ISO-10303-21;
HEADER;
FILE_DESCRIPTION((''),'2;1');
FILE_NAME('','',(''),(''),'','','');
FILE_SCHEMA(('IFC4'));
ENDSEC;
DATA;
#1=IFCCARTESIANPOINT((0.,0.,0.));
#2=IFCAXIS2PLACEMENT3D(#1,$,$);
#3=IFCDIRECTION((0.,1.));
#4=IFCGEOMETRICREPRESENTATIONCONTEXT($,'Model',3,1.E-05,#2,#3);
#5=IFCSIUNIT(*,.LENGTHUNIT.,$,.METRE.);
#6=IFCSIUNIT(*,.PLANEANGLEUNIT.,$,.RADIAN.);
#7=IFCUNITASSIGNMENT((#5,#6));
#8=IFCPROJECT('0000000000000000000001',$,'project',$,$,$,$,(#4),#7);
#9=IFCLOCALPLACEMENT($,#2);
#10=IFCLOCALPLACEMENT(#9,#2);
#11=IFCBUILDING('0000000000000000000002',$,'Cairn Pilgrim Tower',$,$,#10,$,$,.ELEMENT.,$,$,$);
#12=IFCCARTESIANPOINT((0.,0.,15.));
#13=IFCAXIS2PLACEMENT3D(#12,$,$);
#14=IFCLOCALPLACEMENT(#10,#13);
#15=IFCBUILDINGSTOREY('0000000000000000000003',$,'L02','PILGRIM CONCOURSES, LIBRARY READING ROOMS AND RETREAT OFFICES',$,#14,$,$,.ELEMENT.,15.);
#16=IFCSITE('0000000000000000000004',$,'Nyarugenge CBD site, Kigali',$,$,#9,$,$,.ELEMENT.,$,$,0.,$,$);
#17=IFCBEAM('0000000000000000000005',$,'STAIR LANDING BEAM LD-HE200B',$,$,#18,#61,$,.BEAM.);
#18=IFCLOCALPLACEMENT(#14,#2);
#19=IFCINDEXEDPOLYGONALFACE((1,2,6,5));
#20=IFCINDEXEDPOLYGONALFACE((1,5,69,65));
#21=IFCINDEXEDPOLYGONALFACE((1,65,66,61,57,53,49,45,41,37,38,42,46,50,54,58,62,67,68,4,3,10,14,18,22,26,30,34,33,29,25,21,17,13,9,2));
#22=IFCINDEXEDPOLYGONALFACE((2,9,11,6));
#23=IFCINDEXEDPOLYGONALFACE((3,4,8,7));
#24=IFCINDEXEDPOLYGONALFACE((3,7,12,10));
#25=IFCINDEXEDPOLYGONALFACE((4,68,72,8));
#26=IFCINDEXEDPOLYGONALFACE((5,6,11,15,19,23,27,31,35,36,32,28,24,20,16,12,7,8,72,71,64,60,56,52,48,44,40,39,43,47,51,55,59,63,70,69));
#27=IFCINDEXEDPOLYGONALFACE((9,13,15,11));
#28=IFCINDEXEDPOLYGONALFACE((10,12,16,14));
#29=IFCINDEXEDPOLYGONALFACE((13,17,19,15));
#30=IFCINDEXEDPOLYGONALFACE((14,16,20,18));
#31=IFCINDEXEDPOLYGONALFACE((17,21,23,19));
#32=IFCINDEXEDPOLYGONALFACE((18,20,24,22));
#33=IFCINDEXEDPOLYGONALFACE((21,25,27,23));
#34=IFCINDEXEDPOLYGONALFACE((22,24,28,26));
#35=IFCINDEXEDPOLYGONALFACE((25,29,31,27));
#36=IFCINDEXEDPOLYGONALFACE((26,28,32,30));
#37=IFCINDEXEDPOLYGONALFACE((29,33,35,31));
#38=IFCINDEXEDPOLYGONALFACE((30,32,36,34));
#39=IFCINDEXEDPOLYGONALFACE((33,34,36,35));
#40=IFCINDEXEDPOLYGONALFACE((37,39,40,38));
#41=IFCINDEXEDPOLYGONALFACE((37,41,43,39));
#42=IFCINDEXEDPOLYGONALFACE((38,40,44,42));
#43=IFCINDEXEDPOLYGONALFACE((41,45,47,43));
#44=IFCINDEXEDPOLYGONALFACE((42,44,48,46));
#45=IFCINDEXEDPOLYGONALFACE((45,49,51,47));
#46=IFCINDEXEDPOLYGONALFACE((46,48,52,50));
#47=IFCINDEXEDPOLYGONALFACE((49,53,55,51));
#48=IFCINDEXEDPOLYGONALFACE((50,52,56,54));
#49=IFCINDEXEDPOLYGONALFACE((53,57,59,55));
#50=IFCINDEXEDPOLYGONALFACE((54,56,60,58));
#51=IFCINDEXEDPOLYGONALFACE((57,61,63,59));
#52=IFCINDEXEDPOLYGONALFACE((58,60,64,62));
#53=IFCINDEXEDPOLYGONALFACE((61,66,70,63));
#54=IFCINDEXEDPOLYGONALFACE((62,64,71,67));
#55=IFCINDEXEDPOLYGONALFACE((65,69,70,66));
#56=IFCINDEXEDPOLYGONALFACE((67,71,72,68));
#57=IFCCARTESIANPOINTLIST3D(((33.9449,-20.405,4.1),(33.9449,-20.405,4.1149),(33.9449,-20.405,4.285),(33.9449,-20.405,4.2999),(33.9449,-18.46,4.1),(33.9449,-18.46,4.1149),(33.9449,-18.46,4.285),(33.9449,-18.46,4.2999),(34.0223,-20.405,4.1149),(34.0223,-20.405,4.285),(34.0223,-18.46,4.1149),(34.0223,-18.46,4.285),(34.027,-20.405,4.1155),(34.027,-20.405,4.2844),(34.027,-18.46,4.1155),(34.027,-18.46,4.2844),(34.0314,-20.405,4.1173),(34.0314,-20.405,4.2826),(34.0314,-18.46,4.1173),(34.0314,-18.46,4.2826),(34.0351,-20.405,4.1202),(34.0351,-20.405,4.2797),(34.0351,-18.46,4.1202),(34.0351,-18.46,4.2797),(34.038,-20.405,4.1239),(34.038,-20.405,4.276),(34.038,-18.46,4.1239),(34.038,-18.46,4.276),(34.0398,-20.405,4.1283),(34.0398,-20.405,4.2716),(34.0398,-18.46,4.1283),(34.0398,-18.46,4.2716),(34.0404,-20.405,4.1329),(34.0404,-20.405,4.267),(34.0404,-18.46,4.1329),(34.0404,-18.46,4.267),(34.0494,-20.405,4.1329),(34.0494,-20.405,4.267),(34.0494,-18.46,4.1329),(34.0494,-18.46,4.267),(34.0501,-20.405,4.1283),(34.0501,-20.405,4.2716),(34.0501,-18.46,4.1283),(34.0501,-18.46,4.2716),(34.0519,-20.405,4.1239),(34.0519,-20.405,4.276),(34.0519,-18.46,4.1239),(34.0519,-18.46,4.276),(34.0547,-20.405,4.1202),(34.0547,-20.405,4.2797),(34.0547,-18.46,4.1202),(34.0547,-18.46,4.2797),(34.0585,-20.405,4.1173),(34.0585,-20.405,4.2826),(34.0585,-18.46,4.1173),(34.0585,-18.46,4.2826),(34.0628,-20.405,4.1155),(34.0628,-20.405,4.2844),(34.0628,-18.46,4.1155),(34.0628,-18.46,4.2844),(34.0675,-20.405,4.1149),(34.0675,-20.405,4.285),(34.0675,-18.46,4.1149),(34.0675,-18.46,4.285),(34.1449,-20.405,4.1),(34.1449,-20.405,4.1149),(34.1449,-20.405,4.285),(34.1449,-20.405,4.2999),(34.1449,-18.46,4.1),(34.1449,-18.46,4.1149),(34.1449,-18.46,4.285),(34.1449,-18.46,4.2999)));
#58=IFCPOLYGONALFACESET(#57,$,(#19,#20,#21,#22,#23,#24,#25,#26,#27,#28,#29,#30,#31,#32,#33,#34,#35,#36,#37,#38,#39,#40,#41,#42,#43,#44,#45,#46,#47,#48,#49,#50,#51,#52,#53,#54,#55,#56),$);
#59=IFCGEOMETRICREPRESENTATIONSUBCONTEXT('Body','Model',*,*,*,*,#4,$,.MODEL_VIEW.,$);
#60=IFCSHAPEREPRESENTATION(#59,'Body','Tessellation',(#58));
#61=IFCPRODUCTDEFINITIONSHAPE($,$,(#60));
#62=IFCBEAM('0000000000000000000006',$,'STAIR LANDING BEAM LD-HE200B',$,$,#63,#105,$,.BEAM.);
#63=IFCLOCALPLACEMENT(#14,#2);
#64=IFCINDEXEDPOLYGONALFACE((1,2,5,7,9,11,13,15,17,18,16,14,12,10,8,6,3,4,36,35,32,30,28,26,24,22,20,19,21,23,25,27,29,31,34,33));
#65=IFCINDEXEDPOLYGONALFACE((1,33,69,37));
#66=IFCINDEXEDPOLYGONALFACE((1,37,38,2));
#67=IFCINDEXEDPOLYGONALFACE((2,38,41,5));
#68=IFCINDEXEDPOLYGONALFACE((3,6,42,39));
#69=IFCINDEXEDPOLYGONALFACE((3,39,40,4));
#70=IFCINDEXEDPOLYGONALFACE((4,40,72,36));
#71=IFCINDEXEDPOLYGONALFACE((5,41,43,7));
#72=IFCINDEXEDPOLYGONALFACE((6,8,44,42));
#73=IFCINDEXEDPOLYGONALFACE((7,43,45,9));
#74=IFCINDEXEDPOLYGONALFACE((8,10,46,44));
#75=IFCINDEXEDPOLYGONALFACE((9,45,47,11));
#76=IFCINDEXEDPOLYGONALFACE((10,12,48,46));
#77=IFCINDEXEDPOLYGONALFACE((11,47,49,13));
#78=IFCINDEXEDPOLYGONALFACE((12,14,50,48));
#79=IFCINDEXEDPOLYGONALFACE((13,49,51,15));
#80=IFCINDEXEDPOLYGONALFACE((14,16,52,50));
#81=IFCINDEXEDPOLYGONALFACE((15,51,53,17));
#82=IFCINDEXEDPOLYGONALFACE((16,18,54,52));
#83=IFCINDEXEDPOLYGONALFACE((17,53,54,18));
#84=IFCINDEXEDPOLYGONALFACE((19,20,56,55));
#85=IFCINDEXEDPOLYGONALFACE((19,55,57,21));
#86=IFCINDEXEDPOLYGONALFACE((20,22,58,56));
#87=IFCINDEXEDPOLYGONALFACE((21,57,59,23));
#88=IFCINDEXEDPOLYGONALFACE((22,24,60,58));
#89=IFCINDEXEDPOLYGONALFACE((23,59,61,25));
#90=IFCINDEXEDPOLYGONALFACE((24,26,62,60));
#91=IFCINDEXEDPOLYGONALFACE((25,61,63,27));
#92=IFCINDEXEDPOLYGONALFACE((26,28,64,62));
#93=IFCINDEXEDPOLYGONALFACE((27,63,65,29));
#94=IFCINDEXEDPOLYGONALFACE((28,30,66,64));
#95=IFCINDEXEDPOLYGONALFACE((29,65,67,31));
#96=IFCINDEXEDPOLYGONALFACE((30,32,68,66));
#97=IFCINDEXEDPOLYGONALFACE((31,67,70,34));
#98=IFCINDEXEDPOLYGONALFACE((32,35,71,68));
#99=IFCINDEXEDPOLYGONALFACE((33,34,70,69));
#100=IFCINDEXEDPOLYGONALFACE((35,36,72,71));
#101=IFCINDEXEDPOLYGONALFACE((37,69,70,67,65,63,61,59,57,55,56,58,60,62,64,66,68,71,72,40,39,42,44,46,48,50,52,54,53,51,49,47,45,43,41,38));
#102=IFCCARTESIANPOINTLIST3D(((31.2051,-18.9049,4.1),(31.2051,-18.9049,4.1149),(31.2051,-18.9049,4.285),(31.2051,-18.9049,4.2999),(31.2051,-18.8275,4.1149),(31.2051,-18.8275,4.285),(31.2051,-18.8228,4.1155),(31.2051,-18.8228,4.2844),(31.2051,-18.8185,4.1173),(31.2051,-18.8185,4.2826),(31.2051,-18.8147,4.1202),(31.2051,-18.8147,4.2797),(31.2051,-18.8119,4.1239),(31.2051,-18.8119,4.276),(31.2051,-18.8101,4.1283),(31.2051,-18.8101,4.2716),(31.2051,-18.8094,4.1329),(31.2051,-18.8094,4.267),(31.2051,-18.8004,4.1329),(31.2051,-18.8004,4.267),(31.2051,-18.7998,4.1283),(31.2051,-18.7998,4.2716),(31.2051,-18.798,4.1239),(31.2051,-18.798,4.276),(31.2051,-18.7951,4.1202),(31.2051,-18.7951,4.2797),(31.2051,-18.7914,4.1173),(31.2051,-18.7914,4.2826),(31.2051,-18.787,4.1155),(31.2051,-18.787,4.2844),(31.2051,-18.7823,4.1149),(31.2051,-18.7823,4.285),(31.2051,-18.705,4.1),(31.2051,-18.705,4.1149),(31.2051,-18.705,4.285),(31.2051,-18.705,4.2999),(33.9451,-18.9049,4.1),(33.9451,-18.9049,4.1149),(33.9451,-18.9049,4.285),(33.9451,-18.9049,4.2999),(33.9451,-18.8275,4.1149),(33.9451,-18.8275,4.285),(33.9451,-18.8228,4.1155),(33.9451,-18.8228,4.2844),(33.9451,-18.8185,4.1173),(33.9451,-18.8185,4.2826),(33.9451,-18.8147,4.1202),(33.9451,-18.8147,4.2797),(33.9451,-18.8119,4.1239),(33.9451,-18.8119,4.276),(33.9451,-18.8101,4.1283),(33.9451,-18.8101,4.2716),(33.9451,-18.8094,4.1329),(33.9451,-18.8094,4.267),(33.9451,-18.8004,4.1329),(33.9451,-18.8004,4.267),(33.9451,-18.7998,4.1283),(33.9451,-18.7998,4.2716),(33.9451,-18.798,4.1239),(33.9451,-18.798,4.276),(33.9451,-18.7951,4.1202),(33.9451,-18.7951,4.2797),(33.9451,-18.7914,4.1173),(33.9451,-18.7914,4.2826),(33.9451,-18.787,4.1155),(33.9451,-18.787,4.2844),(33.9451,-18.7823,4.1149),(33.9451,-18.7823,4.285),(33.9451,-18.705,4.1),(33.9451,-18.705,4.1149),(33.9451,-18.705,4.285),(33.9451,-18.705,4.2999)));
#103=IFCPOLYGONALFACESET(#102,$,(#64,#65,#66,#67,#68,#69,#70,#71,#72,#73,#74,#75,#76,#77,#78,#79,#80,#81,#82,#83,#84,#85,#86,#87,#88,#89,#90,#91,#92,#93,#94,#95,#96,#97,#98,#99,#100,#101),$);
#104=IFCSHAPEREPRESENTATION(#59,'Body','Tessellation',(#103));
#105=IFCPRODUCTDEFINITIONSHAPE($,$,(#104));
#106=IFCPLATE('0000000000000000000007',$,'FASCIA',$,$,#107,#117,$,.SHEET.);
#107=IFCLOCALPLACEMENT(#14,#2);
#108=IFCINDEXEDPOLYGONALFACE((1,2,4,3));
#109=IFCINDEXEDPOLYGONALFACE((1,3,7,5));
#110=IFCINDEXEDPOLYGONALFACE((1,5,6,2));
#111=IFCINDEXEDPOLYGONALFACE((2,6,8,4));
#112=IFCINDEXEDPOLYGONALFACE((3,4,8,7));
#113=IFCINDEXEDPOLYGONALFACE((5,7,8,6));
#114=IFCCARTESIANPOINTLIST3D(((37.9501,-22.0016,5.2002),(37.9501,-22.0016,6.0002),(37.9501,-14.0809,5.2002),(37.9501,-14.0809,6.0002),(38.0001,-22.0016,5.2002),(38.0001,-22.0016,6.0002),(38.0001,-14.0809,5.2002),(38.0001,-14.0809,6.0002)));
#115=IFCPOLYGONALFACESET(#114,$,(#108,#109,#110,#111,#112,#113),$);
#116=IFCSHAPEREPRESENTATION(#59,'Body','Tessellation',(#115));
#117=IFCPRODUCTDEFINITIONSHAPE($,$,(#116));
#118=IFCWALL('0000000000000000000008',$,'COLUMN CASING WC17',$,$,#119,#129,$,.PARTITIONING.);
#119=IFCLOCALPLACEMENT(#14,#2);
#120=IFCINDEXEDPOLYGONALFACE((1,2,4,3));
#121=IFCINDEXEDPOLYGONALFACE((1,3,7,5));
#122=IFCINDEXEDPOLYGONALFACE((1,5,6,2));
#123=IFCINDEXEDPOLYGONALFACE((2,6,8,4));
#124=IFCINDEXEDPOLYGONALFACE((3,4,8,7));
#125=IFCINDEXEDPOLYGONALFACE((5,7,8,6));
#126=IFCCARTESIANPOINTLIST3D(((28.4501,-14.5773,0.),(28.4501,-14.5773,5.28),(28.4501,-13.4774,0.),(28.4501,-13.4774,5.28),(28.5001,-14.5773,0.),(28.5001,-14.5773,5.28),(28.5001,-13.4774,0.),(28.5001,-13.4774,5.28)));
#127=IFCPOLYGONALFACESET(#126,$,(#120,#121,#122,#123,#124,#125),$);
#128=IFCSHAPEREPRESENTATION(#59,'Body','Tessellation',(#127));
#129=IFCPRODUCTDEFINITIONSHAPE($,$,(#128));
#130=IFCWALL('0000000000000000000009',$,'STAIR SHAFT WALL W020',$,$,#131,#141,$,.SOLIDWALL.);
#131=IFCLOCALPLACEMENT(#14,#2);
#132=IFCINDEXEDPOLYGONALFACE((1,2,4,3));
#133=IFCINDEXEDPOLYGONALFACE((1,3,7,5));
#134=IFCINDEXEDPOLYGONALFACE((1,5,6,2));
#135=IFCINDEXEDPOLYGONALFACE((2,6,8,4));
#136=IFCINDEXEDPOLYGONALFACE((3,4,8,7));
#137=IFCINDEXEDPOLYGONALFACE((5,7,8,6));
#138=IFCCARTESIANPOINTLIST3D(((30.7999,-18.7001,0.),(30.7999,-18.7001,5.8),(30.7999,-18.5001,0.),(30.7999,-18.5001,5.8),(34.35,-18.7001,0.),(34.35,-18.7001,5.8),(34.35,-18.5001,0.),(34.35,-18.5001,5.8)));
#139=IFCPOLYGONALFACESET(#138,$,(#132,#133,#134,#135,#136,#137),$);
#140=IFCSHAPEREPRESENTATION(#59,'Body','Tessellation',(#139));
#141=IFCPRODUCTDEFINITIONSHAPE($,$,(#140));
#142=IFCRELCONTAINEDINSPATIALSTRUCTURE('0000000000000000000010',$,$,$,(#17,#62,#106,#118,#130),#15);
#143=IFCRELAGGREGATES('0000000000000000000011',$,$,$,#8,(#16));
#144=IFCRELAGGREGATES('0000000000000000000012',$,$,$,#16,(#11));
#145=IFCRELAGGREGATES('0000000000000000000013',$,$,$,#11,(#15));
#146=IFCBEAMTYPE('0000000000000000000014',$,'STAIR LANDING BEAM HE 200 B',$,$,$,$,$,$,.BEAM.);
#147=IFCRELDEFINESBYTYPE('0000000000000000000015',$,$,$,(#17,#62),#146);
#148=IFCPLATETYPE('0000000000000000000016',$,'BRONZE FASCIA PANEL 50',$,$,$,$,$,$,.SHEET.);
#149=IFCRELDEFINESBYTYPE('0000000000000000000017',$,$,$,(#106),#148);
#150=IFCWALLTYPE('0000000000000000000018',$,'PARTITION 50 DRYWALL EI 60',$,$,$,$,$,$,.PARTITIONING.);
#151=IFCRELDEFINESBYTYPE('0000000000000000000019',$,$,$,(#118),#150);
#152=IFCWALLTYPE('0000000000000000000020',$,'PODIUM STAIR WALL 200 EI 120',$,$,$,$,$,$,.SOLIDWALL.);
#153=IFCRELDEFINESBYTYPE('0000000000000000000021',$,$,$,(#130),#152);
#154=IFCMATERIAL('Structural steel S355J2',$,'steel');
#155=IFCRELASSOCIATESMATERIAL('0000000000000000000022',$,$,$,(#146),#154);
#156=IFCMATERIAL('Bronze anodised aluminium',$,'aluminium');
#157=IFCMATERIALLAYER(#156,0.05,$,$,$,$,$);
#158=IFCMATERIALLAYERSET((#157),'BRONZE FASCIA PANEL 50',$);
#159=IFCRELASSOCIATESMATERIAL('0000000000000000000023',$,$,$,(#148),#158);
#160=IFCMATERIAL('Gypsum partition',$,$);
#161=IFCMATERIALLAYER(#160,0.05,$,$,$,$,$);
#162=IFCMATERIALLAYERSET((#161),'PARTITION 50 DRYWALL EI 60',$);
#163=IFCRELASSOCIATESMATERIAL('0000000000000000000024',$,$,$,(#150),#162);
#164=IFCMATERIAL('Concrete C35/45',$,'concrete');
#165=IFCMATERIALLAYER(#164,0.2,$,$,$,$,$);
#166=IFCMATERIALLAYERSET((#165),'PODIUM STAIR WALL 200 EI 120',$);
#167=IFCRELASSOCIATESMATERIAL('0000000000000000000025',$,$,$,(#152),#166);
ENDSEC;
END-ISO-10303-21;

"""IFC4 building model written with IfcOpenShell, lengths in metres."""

from ifc_helpers import new_model, si_unit, direction, frame, frame_2d, origin, origin_2d, place, context, subcontext, project, spatial, rectangle, i_section, extrude, material, layer, layer_set, material_profile, profile_set, type_object, element, save


model = new_model("IFC4")

# Units and contexts
model_context = context("Model", 3, precision=1e-05, world=origin(), true_north=direction((0.0, 1.0)))
body_context = subcontext(model_context, "Body", "Model", "MODEL_VIEW")
ifc_project = project(units=[si_unit("LENGTHUNIT", "METRE"), si_unit("PLANEANGLEUNIT", "RADIAN")], contexts=[model_context])

# Site, building, storey
site_placement = place(None, origin())
site = spatial("IfcSite", under=ifc_project, at=site_placement, Name="Nyarugenge CBD site, Kigali", CompositionType="ELEMENT", RefElevation=0.0)
building_placement = place(site_placement, origin())
building = spatial("IfcBuilding", under=site, at=building_placement, Name="Cairn Pilgrim Tower", CompositionType="ELEMENT")
storey_placement = place(building_placement, frame((0.0, 0.0, 15.0)))
storey = spatial("IfcBuildingStorey", under=building, at=storey_placement, Name="L02", Description="PILGRIM CONCOURSES, LIBRARY READING ROOMS AND RETREAT OFFICES", CompositionType="ELEMENT", Elevation=15.0)

# Shared definitions
ifc_material_1 = material(Name="Structural steel S355J2", Category="steel")

# Beams
ifc_material_profile_1 = material_profile(ifc_material_1, i_section(OverallWidth=0.2, OverallDepth=0.2, WebThickness=0.009, FlangeThickness=0.0149, FilletRadius=0.0181, at=origin_2d()), Name="HE 200 B")
ifc_profile_set_1 = profile_set([ifc_material_profile_1], Name="Structural steel S355J2")
beam_type_1 = type_object("IfcBeamType", Name="STAIR LANDING BEAM HE 200 B", PredefinedType="BEAM", material=ifc_profile_set_1)
for number, where, z_axis, x_axis, name in (
    (1, (34.0449, -18.46, 4.2), (0.0, -1.0, 0.0), (1.0, 0.0, 0.0), "STAIR LANDING BEAM LD-HE200B"),
):
    element("IfcBeam", number, at=place(storey_placement, frame(where, z_axis=z_axis, x_axis=x_axis)), inside=storey, type_object=beam_type_1, Name=name, PredefinedType="BEAM", context=body_context, shape_type="SweptSolid", body=[
        extrude(i_section(OverallWidth=0.2, OverallDepth=0.2, WebThickness=0.009, FlangeThickness=0.0149, FilletRadius=0.0181, at=origin_2d()), origin(), (0.0, 0.0, 1.0), 1.9451),
    ])
beam_1_placement = place(storey_placement, frame((31.2051, -18.8049, 4.2), z_axis=(1.0, 0.0, 0.0), x_axis=(0.0, 1.0, 0.0)))
element("IfcBeam", 2, at=beam_1_placement, inside=storey, type_object=beam_type_1, Name="STAIR LANDING BEAM LD-HE200B", PredefinedType="BEAM", context=body_context, shape_type="SweptSolid", body=[
    extrude(i_section(OverallWidth=0.2, OverallDepth=0.2, WebThickness=0.009, FlangeThickness=0.0149, FilletRadius=0.0181, at=origin_2d()), origin(), (0.0, 0.0, 1.0), 2.74),
])

# Plate
ifc_material_2 = material(Name="Bronze anodised aluminium", Category="aluminium")
ifc_layer_1 = layer(ifc_material_2, 0.05)
ifc_layer_set_1 = layer_set([ifc_layer_1], Name="BRONZE FASCIA PANEL 50")
plate_type = type_object("IfcPlateType", Name="BRONZE FASCIA PANEL 50", PredefinedType="SHEET", material=ifc_layer_set_1)
plate_placement = place(storey_placement, frame((37.9751, -18.0413, 5.2002), z_axis=(0.0, 0.0, 1.0), x_axis=(0.0, 1.0, 0.0)))
element("IfcPlate", 3, at=plate_placement, inside=storey, type_object=plate_type, Name="FASCIA", PredefinedType="SHEET", context=body_context, shape_type="SweptSolid", body=[
    extrude(rectangle(XDim=7.9207, YDim=0.05, at=origin_2d()), origin(), (0.0, 0.0, 1.0), 0.8),
])

# Walls
ifc_material_3 = material(Name="Gypsum partition")
ifc_layer_2 = layer(ifc_material_3, 0.05)
ifc_layer_set_2 = layer_set([ifc_layer_2], Name="PARTITION 50 DRYWALL EI 60")
wall_type_1 = type_object("IfcWallType", Name="PARTITION 50 DRYWALL EI 60", PredefinedType="PARTITIONING", material=ifc_layer_set_2)
wall_1_placement = place(storey_placement, frame((28.4751, -14.5771, 0.0), z_axis=(0.0, 0.0, 1.0), x_axis=(0.0, 1.0, 0.0)))
element("IfcWall", 4, at=wall_1_placement, inside=storey, type_object=wall_type_1, Name="COLUMN CASING WC17", PredefinedType="PARTITIONING", context=body_context, shape_type="SweptSolid", body=[
    extrude(rectangle(XDim=1.0999, YDim=0.05, at=frame_2d((0.5498, 0.0))), origin(), (0.0, 0.0, 1.0), 5.28),
])
ifc_material_4 = material(Name="Concrete C35/45", Category="concrete")
ifc_layer_3 = layer(ifc_material_4, 0.2)
ifc_layer_set_3 = layer_set([ifc_layer_3], Name="PODIUM STAIR WALL 200 EI 120")
wall_type_2 = type_object("IfcWallType", Name="PODIUM STAIR WALL 200 EI 120", PredefinedType="SOLIDWALL", material=ifc_layer_set_3)
wall_2_placement = place(storey_placement, frame((30.8, -18.6001, 0.0), z_axis=(0.0, 0.0, 1.0), x_axis=(1.0, 0.0, 0.0)))
element("IfcWall", 5, at=wall_2_placement, inside=storey, type_object=wall_type_2, Name="STAIR SHAFT WALL W020", PredefinedType="SOLIDWALL", context=body_context, shape_type="SweptSolid", body=[
    extrude(rectangle(XDim=3.55, YDim=0.2, at=frame_2d((1.7749, 0.0))), origin(), (0.0, 0.0, 1.0), 5.8),
])

save(model, "model.ifc")
